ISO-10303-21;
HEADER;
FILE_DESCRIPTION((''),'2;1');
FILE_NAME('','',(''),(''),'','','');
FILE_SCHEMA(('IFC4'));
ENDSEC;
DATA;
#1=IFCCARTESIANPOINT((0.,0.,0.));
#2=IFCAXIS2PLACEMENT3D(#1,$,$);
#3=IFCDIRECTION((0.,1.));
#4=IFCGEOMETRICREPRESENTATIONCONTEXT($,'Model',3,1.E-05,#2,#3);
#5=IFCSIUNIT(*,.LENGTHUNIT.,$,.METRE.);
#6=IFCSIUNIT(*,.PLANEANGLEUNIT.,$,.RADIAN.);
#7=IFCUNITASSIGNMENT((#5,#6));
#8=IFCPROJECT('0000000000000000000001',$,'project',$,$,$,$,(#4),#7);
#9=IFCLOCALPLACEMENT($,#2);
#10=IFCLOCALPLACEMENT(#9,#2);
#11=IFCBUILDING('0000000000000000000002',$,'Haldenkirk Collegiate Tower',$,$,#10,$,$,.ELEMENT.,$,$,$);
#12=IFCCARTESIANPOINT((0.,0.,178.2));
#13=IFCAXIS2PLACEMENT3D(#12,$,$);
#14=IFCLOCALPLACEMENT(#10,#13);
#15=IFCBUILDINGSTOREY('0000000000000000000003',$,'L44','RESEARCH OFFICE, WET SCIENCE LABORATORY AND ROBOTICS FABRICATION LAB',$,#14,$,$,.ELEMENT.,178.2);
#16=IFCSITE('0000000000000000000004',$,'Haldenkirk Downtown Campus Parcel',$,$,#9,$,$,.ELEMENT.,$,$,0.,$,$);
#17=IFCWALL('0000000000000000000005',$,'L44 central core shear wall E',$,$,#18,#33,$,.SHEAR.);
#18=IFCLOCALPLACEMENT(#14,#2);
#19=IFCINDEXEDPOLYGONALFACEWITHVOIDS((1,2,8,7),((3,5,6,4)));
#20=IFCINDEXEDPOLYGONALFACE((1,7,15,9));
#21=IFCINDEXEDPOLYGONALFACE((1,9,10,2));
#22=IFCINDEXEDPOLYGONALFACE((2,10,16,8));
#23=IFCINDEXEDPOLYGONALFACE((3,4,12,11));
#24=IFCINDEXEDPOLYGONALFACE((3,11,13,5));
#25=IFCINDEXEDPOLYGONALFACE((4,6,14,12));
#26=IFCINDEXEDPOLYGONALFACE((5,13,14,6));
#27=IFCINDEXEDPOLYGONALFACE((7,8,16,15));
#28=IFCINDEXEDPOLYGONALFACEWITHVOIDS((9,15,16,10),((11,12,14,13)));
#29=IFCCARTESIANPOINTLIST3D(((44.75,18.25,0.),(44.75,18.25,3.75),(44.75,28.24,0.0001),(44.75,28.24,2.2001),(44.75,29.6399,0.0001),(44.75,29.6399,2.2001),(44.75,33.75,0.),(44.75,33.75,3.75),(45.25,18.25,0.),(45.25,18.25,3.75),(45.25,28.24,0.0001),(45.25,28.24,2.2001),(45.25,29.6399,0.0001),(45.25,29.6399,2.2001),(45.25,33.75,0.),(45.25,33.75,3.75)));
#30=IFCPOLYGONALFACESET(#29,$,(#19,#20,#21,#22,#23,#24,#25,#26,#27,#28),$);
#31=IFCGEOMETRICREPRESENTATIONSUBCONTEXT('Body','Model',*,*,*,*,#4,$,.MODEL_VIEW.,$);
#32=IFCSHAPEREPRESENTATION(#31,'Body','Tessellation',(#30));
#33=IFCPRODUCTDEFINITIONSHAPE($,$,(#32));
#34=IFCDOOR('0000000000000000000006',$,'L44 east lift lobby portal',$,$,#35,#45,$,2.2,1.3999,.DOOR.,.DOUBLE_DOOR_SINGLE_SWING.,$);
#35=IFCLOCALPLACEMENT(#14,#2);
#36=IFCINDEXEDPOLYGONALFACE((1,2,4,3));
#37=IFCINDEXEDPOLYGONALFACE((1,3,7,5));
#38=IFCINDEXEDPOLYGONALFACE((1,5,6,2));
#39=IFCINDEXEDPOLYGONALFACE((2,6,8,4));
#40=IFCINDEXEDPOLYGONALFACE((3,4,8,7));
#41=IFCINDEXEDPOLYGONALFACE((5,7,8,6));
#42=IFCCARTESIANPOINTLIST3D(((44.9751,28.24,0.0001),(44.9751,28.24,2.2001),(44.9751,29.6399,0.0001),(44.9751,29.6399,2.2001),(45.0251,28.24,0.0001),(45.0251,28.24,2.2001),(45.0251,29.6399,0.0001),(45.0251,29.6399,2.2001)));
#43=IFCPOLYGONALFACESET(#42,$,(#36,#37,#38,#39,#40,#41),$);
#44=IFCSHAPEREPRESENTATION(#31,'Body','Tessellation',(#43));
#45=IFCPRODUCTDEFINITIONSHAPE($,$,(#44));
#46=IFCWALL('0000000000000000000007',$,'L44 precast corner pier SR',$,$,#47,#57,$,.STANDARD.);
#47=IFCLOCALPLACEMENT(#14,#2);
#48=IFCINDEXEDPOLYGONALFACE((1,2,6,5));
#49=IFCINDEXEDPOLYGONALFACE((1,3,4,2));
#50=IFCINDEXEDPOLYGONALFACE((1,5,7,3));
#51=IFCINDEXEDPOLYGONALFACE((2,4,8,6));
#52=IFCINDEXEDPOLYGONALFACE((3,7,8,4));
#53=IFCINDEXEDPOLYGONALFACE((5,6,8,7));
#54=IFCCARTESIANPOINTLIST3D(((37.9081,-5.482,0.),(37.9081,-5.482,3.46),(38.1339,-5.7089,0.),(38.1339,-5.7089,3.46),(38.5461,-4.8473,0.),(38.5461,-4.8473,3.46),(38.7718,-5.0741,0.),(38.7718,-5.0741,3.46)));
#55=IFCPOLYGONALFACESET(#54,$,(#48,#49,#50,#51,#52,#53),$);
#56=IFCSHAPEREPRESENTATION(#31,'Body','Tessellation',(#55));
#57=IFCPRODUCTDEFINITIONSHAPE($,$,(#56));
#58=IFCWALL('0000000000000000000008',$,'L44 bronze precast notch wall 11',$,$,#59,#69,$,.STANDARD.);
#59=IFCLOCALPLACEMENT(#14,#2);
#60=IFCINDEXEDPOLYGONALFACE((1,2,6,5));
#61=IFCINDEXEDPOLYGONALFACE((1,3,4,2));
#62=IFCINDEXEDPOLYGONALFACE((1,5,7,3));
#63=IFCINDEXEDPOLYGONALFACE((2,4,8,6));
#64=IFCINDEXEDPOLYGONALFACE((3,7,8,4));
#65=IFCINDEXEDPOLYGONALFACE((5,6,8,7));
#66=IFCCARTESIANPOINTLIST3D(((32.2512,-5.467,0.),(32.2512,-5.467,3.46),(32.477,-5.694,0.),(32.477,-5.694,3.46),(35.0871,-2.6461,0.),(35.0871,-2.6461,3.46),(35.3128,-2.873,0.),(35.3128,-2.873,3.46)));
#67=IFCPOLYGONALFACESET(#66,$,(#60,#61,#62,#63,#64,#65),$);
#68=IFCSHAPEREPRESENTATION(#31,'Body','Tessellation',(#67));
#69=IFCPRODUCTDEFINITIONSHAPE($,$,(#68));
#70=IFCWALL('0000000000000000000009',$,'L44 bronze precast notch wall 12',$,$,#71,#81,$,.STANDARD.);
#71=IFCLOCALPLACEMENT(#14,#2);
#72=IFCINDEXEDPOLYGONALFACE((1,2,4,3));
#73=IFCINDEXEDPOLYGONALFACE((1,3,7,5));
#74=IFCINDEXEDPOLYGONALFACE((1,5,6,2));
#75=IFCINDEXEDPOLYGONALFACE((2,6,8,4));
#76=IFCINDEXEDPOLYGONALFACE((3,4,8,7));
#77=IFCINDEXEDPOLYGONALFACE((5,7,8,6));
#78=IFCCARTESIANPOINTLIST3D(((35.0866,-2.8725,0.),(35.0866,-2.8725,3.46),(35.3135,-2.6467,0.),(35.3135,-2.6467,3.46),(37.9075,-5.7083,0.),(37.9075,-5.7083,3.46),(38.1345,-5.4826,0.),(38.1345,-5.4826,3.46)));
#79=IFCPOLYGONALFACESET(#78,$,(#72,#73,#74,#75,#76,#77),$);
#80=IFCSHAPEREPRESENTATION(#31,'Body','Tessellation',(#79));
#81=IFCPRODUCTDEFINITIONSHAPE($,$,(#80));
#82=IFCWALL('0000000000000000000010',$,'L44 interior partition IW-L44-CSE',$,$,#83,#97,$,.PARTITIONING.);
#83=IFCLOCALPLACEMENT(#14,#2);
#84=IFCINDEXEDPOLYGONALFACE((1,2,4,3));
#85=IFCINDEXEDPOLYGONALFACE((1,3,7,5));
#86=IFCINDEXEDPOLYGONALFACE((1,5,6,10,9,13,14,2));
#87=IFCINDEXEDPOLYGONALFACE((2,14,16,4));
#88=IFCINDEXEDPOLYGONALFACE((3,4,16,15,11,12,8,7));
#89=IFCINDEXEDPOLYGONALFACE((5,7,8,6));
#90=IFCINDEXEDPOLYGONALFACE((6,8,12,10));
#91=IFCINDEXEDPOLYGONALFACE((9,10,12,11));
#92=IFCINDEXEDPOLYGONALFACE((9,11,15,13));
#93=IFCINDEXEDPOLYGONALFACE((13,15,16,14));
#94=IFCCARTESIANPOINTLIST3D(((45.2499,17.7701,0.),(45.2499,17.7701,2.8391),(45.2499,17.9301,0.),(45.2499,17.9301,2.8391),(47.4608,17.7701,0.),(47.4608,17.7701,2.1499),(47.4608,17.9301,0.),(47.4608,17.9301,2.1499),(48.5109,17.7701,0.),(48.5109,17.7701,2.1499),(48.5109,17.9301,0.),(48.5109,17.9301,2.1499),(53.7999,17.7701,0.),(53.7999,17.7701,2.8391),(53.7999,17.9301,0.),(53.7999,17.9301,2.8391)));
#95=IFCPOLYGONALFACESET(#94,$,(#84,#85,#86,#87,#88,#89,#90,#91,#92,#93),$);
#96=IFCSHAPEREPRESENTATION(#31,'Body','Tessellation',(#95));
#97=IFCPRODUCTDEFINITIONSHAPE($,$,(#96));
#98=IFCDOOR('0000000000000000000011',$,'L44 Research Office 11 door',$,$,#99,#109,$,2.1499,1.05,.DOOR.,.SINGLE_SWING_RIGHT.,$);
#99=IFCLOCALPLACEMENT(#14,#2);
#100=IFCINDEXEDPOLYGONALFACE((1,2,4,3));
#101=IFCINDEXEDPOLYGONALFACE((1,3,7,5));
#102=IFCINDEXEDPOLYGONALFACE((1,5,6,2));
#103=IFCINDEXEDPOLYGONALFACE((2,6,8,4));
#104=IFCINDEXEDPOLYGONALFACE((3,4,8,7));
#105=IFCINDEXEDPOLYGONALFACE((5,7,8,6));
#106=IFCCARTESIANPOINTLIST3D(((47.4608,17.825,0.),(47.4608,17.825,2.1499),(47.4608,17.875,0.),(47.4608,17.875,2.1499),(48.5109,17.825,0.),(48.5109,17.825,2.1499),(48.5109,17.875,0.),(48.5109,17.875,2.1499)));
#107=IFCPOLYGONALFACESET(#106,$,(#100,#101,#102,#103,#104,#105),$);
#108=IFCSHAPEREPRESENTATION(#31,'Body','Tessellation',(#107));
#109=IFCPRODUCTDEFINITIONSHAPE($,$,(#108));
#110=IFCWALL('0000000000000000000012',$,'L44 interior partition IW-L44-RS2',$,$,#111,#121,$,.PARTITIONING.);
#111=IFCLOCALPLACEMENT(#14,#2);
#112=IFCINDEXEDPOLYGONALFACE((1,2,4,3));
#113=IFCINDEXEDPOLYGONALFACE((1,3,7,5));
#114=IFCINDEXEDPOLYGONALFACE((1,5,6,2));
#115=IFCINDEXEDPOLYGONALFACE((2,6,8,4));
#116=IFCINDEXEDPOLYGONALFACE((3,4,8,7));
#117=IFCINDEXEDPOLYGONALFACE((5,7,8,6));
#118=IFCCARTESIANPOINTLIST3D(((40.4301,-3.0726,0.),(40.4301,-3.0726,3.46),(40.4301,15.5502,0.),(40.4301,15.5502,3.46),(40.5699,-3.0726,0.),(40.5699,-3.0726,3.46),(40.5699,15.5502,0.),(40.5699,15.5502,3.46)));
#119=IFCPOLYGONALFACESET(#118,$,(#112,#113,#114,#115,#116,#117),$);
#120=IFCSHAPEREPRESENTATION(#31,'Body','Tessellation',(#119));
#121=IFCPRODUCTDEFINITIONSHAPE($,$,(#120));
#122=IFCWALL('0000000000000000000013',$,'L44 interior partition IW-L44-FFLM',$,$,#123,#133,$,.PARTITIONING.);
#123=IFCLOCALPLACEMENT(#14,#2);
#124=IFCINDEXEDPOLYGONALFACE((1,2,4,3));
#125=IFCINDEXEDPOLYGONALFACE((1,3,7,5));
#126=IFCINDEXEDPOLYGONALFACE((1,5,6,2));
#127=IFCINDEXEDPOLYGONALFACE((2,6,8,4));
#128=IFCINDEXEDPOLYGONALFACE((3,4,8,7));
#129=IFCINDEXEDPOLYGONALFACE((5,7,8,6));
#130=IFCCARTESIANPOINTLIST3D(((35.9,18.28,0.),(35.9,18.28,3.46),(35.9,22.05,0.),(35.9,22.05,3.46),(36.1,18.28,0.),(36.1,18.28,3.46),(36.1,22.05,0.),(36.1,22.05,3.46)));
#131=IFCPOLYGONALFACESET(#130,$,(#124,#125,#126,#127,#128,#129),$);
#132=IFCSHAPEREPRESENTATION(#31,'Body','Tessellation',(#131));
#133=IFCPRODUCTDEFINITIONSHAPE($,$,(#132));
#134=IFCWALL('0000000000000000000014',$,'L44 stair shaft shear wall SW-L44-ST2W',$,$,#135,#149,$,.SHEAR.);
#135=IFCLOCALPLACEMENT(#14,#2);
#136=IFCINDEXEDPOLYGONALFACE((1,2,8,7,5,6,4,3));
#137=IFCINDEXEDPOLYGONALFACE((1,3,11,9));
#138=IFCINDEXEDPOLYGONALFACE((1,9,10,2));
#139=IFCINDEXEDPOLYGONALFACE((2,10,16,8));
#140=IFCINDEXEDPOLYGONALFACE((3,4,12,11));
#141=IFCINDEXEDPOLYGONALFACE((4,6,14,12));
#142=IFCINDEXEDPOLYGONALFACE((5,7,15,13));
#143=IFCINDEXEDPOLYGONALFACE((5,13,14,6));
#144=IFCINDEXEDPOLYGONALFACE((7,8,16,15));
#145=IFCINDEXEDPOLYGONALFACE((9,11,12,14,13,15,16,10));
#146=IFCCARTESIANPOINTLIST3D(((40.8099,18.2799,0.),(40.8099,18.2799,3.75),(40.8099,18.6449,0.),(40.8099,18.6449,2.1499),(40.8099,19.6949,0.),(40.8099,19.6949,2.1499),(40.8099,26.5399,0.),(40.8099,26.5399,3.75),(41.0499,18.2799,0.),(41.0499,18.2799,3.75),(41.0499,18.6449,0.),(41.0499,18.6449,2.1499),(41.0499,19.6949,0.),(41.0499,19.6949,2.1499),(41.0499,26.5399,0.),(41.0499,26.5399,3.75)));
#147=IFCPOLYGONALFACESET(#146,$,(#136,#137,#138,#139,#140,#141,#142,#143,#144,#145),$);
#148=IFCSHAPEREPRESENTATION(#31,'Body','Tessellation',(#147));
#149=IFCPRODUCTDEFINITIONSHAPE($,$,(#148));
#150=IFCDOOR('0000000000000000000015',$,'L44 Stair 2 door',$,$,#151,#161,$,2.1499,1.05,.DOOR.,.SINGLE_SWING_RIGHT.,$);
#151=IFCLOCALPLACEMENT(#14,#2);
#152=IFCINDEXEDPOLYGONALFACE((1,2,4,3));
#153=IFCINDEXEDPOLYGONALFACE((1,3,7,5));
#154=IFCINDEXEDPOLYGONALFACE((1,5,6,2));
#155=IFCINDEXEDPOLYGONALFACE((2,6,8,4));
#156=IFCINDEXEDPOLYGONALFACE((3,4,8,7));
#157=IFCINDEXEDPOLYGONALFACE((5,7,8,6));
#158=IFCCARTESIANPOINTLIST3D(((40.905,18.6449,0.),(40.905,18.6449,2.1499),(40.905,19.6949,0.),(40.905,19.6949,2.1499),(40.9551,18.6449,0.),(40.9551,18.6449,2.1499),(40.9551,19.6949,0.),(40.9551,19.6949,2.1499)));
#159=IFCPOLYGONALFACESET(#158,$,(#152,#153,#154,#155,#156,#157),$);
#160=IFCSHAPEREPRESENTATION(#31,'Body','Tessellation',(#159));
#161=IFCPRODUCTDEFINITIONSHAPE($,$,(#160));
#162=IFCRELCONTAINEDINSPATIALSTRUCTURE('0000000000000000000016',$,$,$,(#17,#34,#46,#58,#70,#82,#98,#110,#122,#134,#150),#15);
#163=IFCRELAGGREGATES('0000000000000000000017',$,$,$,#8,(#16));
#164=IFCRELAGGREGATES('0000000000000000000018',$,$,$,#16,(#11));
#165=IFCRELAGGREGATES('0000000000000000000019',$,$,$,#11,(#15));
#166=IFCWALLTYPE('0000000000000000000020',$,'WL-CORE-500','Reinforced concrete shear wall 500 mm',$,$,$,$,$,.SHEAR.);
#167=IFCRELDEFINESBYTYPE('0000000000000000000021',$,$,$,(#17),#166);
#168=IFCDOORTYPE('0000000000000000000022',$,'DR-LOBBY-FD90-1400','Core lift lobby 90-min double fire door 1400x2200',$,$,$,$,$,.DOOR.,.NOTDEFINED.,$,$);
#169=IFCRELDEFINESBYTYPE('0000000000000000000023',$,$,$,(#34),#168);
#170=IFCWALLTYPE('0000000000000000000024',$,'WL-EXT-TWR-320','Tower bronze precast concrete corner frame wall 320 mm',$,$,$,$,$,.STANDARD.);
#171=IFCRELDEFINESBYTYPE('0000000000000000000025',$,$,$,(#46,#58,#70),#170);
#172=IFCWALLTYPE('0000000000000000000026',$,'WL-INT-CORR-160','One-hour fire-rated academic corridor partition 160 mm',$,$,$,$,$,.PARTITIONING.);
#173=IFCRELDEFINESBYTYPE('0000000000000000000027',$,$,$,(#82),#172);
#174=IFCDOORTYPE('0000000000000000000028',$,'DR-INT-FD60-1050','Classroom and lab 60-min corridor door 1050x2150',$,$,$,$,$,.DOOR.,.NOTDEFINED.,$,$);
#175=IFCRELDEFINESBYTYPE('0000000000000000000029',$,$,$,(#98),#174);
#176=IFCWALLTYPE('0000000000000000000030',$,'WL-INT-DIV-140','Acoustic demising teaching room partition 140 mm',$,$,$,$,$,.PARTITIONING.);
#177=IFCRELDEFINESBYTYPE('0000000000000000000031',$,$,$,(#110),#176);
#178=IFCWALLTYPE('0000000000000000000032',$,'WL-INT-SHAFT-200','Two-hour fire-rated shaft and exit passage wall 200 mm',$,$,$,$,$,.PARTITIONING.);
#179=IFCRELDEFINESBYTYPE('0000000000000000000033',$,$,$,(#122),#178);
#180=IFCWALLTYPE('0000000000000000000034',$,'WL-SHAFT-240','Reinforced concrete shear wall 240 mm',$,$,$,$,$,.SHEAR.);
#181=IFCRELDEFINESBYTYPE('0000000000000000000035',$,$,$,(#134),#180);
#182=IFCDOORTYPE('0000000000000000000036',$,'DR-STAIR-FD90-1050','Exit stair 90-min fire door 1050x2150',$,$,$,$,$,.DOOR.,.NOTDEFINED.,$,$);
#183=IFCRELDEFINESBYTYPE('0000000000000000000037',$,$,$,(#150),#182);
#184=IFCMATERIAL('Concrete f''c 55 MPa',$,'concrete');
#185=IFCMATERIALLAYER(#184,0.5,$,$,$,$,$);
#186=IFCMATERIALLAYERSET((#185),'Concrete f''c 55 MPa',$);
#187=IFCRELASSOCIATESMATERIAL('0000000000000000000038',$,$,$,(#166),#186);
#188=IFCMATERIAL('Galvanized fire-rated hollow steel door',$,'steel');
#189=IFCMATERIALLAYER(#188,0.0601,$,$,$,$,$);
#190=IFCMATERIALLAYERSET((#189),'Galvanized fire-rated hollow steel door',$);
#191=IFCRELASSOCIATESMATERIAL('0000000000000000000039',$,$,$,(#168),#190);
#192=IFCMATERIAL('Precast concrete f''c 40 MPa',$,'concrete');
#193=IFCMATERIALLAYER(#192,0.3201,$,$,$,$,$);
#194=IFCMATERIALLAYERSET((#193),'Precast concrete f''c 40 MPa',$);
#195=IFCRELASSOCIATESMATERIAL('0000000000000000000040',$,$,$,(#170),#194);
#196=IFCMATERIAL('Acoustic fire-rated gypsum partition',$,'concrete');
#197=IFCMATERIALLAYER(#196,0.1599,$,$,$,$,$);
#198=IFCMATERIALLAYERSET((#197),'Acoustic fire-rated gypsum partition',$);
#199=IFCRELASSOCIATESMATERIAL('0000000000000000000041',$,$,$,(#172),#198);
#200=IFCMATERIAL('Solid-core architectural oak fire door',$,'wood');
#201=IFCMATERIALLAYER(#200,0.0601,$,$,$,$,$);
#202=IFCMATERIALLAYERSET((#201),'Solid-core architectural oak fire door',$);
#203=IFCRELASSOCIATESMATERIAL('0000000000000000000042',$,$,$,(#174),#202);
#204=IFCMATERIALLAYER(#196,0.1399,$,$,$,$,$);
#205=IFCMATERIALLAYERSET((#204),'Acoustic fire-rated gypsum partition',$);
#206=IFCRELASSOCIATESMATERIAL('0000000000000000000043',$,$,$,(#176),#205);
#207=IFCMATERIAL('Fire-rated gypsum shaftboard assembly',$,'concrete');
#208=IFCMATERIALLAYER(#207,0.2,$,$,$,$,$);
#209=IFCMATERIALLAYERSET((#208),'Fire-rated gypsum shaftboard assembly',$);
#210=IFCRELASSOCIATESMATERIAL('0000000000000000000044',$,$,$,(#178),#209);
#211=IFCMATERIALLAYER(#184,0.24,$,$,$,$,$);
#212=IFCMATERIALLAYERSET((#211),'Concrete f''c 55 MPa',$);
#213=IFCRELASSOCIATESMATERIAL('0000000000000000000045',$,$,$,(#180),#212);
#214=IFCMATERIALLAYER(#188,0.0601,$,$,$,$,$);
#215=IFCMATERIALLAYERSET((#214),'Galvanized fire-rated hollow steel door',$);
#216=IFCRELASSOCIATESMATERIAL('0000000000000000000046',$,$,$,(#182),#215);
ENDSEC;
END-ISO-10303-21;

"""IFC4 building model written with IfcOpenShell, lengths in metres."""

from ifc_helpers import new_model, si_unit, direction, frame, frame_2d, origin, place, context, subcontext, project, spatial, rectangle, extrude, material, layer, layer_set, type_object, element, fill, save


model = new_model("IFC4")

# Units and contexts
model_context = context("Model", 3, precision=1e-05, world=origin(), true_north=direction((0.0, 1.0)))
body_context = subcontext(model_context, "Body", "Model", "MODEL_VIEW")
ifc_project = project(units=[si_unit("LENGTHUNIT", "METRE"), si_unit("PLANEANGLEUNIT", "RADIAN")], contexts=[model_context])

# Site, building, storey
site_placement = place(None, origin())
site = spatial("IfcSite", under=ifc_project, at=site_placement, Name="Haldenkirk Downtown Campus Parcel", CompositionType="ELEMENT", RefElevation=0.0)
building_placement = place(site_placement, origin())
building = spatial("IfcBuilding", under=site, at=building_placement, Name="Haldenkirk Collegiate Tower", CompositionType="ELEMENT")
storey_placement = place(building_placement, frame((0.0, 0.0, 178.2)))
storey = spatial("IfcBuildingStorey", under=building, at=storey_placement, Name="L44", Description="RESEARCH OFFICE, WET SCIENCE LABORATORY AND ROBOTICS FABRICATION LAB", CompositionType="ELEMENT", Elevation=178.2)

# Wall, opening, door
ifc_material_1 = material(Name="Concrete f'c 55 MPa", Category="concrete")
ifc_layer_1 = layer(ifc_material_1, 0.5)
ifc_layer_set_1 = layer_set([ifc_layer_1], Name="Concrete f'c 55 MPa")
wall_type_1 = type_object("IfcWallType", Name="WL-CORE-500", Description="Reinforced concrete shear wall 500 mm", PredefinedType="SHEAR", material=ifc_layer_set_1)
wall_1_placement = place(storey_placement, frame((45.0, 18.25, 0.0), z_axis=(0.0, 0.0, 1.0), x_axis=(0.0, 1.0, 0.0)))
wall_1 = element("IfcWall", 1, at=wall_1_placement, inside=storey, type_object=wall_type_1, Name="L44 central core shear wall E", PredefinedType="SHEAR", context=body_context, shape_type="SweptSolid", body=[
    extrude(rectangle(XDim=15.5, YDim=0.5, at=frame_2d((7.75, 0.0))), origin(), (0.0, 0.0, 1.0), 3.75),
])
opening_1_placement = place(wall_1_placement, frame((9.99, 0.0, 0.0)))
opening_1 = element("IfcOpeningElement", 2, at=opening_1_placement, cuts=wall_1, PredefinedType="OPENING", context=body_context, shape_type="SweptSolid", body=[
    extrude(rectangle(XDim=1.3999, YDim=2.2, at=frame_2d((0.7, 1.1001))), frame((0.0, 0.26, 0.0), z_axis=(0.0, -1.0, 0.0), x_axis=(1.0, 0.0, 0.0)), (0.0, 0.0, 1.0), 0.52),
])
ifc_material_2 = material(Name="Galvanized fire-rated hollow steel door", Category="steel")
ifc_layer_2 = layer(ifc_material_2, 0.0601)
ifc_layer_set_2 = layer_set([ifc_layer_2], Name="Galvanized fire-rated hollow steel door")
door_type_1 = type_object("IfcDoorType", Name="DR-LOBBY-FD90-1400", Description="Core lift lobby 90-min double fire door 1400x2200", OperationType="NOTDEFINED", PredefinedType="DOOR", material=ifc_layer_set_2)
door_1_placement = place(opening_1_placement, origin())
door_1 = element("IfcDoor", 3, at=door_1_placement, inside=storey, type_object=door_type_1, Name="L44 east lift lobby portal", OperationType="DOUBLE_DOOR_SINGLE_SWING", OverallHeight=2.2, OverallWidth=1.3999, PredefinedType="DOOR", context=body_context, shape_type="SweptSolid", body=[
    extrude(rectangle(XDim=1.3999, YDim=2.2, at=frame_2d((0.7, 1.1001))), frame((0.0, 0.0249, 0.0), z_axis=(0.0, -1.0, 0.0), x_axis=(1.0, 0.0, 0.0)), (0.0, 0.0, 1.0), 0.05),
])
fill(opening_1, door_1)

# Walls
ifc_material_3 = material(Name="Precast concrete f'c 40 MPa", Category="concrete")
ifc_layer_3 = layer(ifc_material_3, 0.3201)
ifc_layer_set_3 = layer_set([ifc_layer_3], Name="Precast concrete f'c 40 MPa")
wall_type_2 = type_object("IfcWallType", Name="WL-EXT-TWR-320", Description="Tower bronze precast concrete corner frame wall 320 mm", PredefinedType="STANDARD", material=ifc_layer_set_3)
wall_2_placement = place(storey_placement, frame((38.6589, -4.9607, 0.0), z_axis=(0.0, 0.0, 1.0), x_axis=(-0.708868, -0.705341, 0.0)))
element("IfcWall", 4, at=wall_2_placement, inside=storey, type_object=wall_type_2, Name="L44 precast corner pier SR", PredefinedType="STANDARD", context=body_context, shape_type="SweptSolid", body=[
    extrude(rectangle(XDim=0.8999, YDim=0.3201, at=frame_2d((0.45, 0.0))), origin(), (0.0, 0.0, 1.0), 3.46),
])
for number, where, z_axis, x_axis, name in (
    (5, (35.2, -2.7595, 0.0), (0.0, 0.0, 1.0), (-0.708966, -0.705243, 0.0), "L44 bronze precast notch wall 11"),
    (6, (38.021, -5.5955, 0.0), (0.0, 0.0, 1.0), (-0.705243, 0.708966, 0.0), "L44 bronze precast notch wall 12"),
):
    element("IfcWall", number, at=place(storey_placement, frame(where, z_axis=z_axis, x_axis=x_axis)), inside=storey, type_object=wall_type_2, Name=name, PredefinedType="STANDARD", context=body_context, shape_type="SweptSolid", body=[
        extrude(rectangle(XDim=4.0, YDim=0.3201, at=frame_2d((2.0, 0.0))), origin(), (0.0, 0.0, 1.0), 3.46),
    ])

# Wall, opening, door
ifc_material_4 = material(Name="Acoustic fire-rated gypsum partition", Category="concrete")
ifc_layer_4 = layer(ifc_material_4, 0.1599)
ifc_layer_set_4 = layer_set([ifc_layer_4], Name="Acoustic fire-rated gypsum partition")
wall_type_3 = type_object("IfcWallType", Name="WL-INT-CORR-160", Description="One-hour fire-rated academic corridor partition 160 mm", PredefinedType="PARTITIONING", material=ifc_layer_set_4)
wall_3_placement = place(storey_placement, frame((45.25, 17.8501, 0.0), z_axis=(0.0, 0.0, 1.0), x_axis=(1.0, 0.0, 0.0)))
wall_3 = element("IfcWall", 7, at=wall_3_placement, inside=storey, type_object=wall_type_3, Name="L44 interior partition IW-L44-CSE", PredefinedType="PARTITIONING", context=body_context, shape_type="SweptSolid", body=[
    extrude(rectangle(XDim=8.55, YDim=0.1599, at=frame_2d((4.2749, 0.0))), origin(), (0.0, 0.0, 1.0), 2.8391),
])
opening_2_placement = place(wall_3_placement, frame((2.2109, 0.0, 0.0)))
opening_2 = element("IfcOpeningElement", 8, at=opening_2_placement, cuts=wall_3, PredefinedType="OPENING", context=body_context, shape_type="SweptSolid", body=[
    extrude(rectangle(XDim=1.05, YDim=2.1499, at=frame_2d((0.5249, 1.075))), frame((0.0, 0.0898, 0.0), z_axis=(0.0, -1.0, 0.0), x_axis=(1.0, 0.0, 0.0)), (0.0, 0.0, 1.0), 0.1799),
])
ifc_material_5 = material(Name="Solid-core architectural oak fire door", Category="wood")
ifc_layer_5 = layer(ifc_material_5, 0.0601)
ifc_layer_set_5 = layer_set([ifc_layer_5], Name="Solid-core architectural oak fire door")
door_type_2 = type_object("IfcDoorType", Name="DR-INT-FD60-1050", Description="Classroom and lab 60-min corridor door 1050x2150", OperationType="NOTDEFINED", PredefinedType="DOOR", material=ifc_layer_set_5)
door_2_placement = place(opening_2_placement, origin())
door_2 = element("IfcDoor", 9, at=door_2_placement, inside=storey, type_object=door_type_2, Name="L44 Research Office 11 door", OperationType="SINGLE_SWING_RIGHT", OverallHeight=2.1499, OverallWidth=1.05, PredefinedType="DOOR", context=body_context, shape_type="SweptSolid", body=[
    extrude(rectangle(XDim=1.05, YDim=2.1499, at=frame_2d((0.5249, 1.075))), frame((0.0, 0.0249, 0.0), z_axis=(0.0, -1.0, 0.0), x_axis=(1.0, 0.0, 0.0)), (0.0, 0.0, 1.0), 0.05),
])
fill(opening_2, door_2)

# Walls
ifc_layer_6 = layer(ifc_material_4, 0.1399)
ifc_layer_set_6 = layer_set([ifc_layer_6], Name="Acoustic fire-rated gypsum partition")
wall_type_4 = type_object("IfcWallType", Name="WL-INT-DIV-140", Description="Acoustic demising teaching room partition 140 mm", PredefinedType="PARTITIONING", material=ifc_layer_set_6)
wall_4_placement = place(storey_placement, frame((40.5, -3.0728, 0.0), z_axis=(0.0, 0.0, 1.0), x_axis=(0.0, 1.0, 0.0)))
element("IfcWall", 10, at=wall_4_placement, inside=storey, type_object=wall_type_4, Name="L44 interior partition IW-L44-RS2", PredefinedType="PARTITIONING", context=body_context, shape_type="SweptSolid", body=[
    extrude(rectangle(XDim=18.6228, YDim=0.1399, at=frame_2d((9.3115, 0.0))), origin(), (0.0, 0.0, 1.0), 3.46),
])
ifc_material_6 = material(Name="Fire-rated gypsum shaftboard assembly", Category="concrete")
ifc_layer_7 = layer(ifc_material_6, 0.2)
ifc_layer_set_7 = layer_set([ifc_layer_7], Name="Fire-rated gypsum shaftboard assembly")
wall_type_5 = type_object("IfcWallType", Name="WL-INT-SHAFT-200", Description="Two-hour fire-rated shaft and exit passage wall 200 mm", PredefinedType="PARTITIONING", material=ifc_layer_set_7)
wall_5_placement = place(storey_placement, frame((36.0, 18.28, 0.0), z_axis=(0.0, 0.0, 1.0), x_axis=(0.0, 1.0, 0.0)))
element("IfcWall", 11, at=wall_5_placement, inside=storey, type_object=wall_type_5, Name="L44 interior partition IW-L44-FFLM", PredefinedType="PARTITIONING", context=body_context, shape_type="SweptSolid", body=[
    extrude(rectangle(XDim=3.77, YDim=0.2, at=frame_2d((1.885, 0.0))), origin(), (0.0, 0.0, 1.0), 3.46),
])

# Wall, opening, door
ifc_layer_8 = layer(ifc_material_1, 0.24)
ifc_layer_set_8 = layer_set([ifc_layer_8], Name="Concrete f'c 55 MPa")
wall_type_6 = type_object("IfcWallType", Name="WL-SHAFT-240", Description="Reinforced concrete shear wall 240 mm", PredefinedType="SHEAR", material=ifc_layer_set_8)
wall_6_placement = place(storey_placement, frame((40.9299, 18.28, 0.0), z_axis=(0.0, 0.0, 1.0), x_axis=(0.0, 1.0, 0.0)))
wall_6 = element("IfcWall", 12, at=wall_6_placement, inside=storey, type_object=wall_type_6, Name="L44 stair shaft shear wall SW-L44-ST2W", PredefinedType="SHEAR", context=body_context, shape_type="SweptSolid", body=[
    extrude(rectangle(XDim=8.26, YDim=0.24, at=frame_2d((4.1299, 0.0))), origin(), (0.0, 0.0, 1.0), 3.75),
])
opening_3_placement = place(wall_6_placement, frame((0.365, 0.0, 0.0)))
opening_3 = element("IfcOpeningElement", 13, at=opening_3_placement, cuts=wall_6, PredefinedType="OPENING", context=body_context, shape_type="SweptSolid", body=[
    extrude(rectangle(XDim=1.05, YDim=2.1499, at=frame_2d((0.5249, 1.075))), frame((0.0, 0.1299, 0.0), z_axis=(0.0, -1.0, 0.0), x_axis=(1.0, 0.0, 0.0)), (0.0, 0.0, 1.0), 0.26),
])
ifc_layer_9 = layer(ifc_material_2, 0.0601)
ifc_layer_set_9 = layer_set([ifc_layer_9], Name="Galvanized fire-rated hollow steel door")
door_type_3 = type_object("IfcDoorType", Name="DR-STAIR-FD90-1050", Description="Exit stair 90-min fire door 1050x2150", OperationType="NOTDEFINED", PredefinedType="DOOR", material=ifc_layer_set_9)
door_3_placement = place(opening_3_placement, origin())
door_3 = element("IfcDoor", 14, at=door_3_placement, inside=storey, type_object=door_type_3, Name="L44 Stair 2 door", OperationType="SINGLE_SWING_RIGHT", OverallHeight=2.1499, OverallWidth=1.05, PredefinedType="DOOR", context=body_context, shape_type="SweptSolid", body=[
    extrude(rectangle(XDim=1.05, YDim=2.1499, at=frame_2d((0.5249, 1.075))), frame((0.0, 0.0249, 0.0), z_axis=(0.0, -1.0, 0.0), x_axis=(1.0, 0.0, 0.0)), (0.0, 0.0, 1.0), 0.05),
])
fill(opening_3, door_3)

save(model, "model.ifc")
